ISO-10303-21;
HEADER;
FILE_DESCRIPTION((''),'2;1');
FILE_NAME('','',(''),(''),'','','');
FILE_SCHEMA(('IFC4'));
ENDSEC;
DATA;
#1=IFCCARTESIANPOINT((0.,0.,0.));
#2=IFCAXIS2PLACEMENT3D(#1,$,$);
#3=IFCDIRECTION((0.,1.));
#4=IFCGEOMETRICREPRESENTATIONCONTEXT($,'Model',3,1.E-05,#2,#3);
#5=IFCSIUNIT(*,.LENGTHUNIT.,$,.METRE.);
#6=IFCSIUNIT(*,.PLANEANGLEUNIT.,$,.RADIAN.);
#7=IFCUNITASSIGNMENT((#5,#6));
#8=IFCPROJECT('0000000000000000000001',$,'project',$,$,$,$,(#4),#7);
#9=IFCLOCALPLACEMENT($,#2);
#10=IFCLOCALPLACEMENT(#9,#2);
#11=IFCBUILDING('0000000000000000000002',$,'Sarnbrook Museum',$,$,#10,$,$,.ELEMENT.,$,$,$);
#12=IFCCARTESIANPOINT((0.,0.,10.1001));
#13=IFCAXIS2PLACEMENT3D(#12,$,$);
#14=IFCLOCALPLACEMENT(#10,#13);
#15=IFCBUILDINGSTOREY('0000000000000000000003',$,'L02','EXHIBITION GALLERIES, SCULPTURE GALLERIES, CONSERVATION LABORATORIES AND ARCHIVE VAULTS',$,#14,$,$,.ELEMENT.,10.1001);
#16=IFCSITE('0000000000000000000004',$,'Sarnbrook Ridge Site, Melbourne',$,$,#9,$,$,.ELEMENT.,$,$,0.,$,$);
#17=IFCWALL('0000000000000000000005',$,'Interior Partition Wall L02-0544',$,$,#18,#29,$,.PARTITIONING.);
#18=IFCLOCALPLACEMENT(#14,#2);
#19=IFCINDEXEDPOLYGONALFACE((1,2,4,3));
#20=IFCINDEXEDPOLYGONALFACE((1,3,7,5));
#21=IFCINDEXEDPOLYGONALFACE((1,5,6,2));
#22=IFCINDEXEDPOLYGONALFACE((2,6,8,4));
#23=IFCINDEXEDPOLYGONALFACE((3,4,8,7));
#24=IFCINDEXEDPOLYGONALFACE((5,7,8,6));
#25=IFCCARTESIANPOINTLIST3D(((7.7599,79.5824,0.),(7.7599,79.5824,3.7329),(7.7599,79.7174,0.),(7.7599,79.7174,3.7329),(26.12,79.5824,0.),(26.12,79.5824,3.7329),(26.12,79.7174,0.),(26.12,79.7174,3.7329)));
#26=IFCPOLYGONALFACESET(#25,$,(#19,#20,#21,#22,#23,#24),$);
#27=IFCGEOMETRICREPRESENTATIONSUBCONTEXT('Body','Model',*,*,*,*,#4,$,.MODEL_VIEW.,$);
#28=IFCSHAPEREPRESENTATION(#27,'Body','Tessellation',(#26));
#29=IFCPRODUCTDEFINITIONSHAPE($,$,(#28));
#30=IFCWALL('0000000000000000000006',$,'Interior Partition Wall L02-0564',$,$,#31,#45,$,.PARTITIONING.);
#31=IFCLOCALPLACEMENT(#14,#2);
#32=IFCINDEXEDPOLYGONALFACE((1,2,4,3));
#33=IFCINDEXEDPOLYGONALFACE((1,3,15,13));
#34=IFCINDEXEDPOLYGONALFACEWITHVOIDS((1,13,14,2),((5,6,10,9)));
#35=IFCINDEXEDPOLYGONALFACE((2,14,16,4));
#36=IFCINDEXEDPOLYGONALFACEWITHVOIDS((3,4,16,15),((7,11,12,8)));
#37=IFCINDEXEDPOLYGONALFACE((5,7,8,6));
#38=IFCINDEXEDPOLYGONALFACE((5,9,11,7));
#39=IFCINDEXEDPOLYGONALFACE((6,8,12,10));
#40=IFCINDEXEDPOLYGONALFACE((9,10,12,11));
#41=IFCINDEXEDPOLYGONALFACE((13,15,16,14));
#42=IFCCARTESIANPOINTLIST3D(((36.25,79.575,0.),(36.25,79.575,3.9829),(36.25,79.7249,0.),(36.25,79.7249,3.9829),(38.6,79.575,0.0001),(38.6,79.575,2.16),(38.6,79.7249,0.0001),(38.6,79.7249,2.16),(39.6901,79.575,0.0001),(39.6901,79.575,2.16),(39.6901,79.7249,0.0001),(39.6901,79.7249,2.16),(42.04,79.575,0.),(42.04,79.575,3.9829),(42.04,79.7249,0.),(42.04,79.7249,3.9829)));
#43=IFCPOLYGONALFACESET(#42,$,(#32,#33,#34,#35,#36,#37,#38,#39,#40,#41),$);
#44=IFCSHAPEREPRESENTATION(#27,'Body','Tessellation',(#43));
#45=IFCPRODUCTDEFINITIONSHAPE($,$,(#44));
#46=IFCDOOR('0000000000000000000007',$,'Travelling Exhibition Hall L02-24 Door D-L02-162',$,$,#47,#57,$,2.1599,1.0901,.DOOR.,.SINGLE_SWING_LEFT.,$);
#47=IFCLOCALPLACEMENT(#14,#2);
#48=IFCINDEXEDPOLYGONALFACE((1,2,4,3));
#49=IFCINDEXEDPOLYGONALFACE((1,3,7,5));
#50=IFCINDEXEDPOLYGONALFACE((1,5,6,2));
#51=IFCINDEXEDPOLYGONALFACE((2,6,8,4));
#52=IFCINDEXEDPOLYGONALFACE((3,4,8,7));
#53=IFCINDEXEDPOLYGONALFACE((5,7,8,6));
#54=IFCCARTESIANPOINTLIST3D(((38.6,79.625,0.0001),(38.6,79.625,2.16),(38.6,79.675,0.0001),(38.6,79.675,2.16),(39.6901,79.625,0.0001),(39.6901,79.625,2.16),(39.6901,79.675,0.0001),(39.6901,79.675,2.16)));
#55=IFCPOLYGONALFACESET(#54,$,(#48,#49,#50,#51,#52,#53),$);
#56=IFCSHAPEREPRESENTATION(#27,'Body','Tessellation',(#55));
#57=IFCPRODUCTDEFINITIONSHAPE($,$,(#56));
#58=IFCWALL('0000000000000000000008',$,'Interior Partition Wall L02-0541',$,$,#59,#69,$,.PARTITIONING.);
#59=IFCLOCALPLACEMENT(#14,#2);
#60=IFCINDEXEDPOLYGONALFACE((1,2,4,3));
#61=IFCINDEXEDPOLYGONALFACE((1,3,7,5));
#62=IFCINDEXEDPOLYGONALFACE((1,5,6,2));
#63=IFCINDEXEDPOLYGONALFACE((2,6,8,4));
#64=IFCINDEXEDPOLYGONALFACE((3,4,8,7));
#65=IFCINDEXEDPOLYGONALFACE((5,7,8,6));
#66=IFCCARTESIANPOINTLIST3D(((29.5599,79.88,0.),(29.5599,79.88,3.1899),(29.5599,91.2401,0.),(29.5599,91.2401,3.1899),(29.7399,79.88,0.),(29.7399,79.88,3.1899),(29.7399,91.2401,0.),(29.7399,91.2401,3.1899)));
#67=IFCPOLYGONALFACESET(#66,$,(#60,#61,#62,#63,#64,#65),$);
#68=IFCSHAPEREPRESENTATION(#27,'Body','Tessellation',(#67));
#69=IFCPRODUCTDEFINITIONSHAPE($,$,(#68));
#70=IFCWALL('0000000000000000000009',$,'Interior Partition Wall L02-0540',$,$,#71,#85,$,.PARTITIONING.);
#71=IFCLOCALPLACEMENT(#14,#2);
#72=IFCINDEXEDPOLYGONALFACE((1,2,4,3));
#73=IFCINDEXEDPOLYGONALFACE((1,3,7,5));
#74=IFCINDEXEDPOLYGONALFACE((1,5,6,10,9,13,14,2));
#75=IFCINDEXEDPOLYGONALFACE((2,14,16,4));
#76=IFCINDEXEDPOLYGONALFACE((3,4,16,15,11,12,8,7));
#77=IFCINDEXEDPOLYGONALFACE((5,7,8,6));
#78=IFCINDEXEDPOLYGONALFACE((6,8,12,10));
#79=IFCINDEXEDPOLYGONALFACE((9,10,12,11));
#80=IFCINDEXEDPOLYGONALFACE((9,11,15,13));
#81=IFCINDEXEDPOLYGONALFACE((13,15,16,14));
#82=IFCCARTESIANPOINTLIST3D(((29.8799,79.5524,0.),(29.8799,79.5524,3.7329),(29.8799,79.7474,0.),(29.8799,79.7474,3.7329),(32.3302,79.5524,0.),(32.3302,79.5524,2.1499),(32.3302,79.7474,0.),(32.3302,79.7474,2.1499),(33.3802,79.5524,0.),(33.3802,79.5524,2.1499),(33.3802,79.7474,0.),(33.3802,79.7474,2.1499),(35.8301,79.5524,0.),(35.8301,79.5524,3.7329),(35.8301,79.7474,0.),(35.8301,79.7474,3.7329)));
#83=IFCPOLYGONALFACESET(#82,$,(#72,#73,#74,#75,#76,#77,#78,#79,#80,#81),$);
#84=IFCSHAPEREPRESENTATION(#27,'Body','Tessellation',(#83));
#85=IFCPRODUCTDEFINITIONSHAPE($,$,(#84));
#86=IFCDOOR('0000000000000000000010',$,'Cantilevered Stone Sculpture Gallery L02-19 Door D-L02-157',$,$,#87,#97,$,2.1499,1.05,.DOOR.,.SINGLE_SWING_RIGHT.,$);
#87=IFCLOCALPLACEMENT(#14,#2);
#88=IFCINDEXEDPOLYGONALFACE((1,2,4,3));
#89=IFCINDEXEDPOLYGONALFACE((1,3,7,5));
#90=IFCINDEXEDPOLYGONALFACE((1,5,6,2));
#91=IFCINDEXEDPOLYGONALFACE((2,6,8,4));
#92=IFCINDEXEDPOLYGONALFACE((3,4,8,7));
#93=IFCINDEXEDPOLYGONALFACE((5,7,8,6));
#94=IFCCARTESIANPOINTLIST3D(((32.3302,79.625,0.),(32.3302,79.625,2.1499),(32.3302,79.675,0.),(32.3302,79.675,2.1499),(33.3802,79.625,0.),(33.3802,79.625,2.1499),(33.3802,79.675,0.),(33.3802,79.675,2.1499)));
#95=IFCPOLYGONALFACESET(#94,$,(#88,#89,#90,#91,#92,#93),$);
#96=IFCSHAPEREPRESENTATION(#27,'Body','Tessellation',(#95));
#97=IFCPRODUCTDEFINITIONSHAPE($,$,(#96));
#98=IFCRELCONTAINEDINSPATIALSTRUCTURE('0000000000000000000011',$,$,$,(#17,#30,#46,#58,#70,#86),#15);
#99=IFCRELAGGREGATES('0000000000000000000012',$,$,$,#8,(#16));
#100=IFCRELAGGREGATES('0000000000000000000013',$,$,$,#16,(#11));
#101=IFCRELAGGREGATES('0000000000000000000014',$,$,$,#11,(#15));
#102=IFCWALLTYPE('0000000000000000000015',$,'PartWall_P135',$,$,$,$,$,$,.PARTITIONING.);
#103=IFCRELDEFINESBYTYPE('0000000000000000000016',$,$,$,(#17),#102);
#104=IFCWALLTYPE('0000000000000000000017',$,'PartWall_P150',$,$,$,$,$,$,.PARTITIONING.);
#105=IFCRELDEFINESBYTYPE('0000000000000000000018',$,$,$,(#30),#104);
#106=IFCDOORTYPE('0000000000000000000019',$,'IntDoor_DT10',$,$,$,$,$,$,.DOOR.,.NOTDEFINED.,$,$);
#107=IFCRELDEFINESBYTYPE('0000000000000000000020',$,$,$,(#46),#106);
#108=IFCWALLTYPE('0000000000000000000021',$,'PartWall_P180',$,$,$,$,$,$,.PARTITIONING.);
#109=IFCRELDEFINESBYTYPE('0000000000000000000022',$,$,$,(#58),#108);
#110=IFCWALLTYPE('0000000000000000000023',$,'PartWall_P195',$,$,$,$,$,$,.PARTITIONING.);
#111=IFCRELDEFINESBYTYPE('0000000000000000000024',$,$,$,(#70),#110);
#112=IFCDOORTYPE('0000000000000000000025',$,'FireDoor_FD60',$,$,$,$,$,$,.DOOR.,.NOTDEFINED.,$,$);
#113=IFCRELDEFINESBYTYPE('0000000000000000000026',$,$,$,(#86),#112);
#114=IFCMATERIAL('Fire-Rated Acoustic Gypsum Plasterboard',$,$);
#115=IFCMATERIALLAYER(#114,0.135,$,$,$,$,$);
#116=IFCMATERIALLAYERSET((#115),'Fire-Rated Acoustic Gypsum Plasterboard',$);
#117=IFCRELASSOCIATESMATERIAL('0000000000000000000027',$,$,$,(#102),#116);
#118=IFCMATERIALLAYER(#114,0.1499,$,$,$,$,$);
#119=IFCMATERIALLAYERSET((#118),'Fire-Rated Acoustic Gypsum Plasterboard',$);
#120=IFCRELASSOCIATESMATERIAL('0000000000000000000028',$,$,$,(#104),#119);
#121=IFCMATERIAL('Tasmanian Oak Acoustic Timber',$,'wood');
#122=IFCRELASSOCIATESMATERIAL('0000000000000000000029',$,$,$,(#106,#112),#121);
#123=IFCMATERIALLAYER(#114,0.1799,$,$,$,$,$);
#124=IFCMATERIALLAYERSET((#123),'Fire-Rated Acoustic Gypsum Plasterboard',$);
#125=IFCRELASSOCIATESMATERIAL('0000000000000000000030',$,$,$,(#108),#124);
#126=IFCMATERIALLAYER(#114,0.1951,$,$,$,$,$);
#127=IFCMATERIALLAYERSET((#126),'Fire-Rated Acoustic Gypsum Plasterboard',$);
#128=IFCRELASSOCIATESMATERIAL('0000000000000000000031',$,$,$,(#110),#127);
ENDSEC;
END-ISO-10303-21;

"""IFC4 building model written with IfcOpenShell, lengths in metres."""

from ifc_helpers import new_model, si_unit, direction, frame, frame_2d, origin, place, context, subcontext, project, spatial, rectangle, extrude, material, layer, layer_set, type_object, element, fill, save


model = new_model("IFC4")

# Units and contexts
model_context = context("Model", 3, precision=1e-05, world=origin(), true_north=direction((0.0, 1.0)))
body_context = subcontext(model_context, "Body", "Model", "MODEL_VIEW")
ifc_project = project(units=[si_unit("LENGTHUNIT", "METRE"), si_unit("PLANEANGLEUNIT", "RADIAN")], contexts=[model_context])

# Site, building, storey
site_placement = place(None, origin())
site = spatial("IfcSite", under=ifc_project, at=site_placement, Name="Sarnbrook Ridge Site, Melbourne", CompositionType="ELEMENT", RefElevation=0.0)
building_placement = place(site_placement, origin())
building = spatial("IfcBuilding", under=site, at=building_placement, Name="Sarnbrook Museum", CompositionType="ELEMENT")
storey_placement = place(building_placement, frame((0.0, 0.0, 10.1001)))
storey = spatial("IfcBuildingStorey", under=building, at=storey_placement, Name="L02", Description="EXHIBITION GALLERIES, SCULPTURE GALLERIES, CONSERVATION LABORATORIES AND ARCHIVE VAULTS", CompositionType="ELEMENT", Elevation=10.1001)

# Wall
ifc_material_1 = material(Name="Fire-Rated Acoustic Gypsum Plasterboard")
ifc_layer_1 = layer(ifc_material_1, 0.135)
ifc_layer_set_1 = layer_set([ifc_layer_1], Name="Fire-Rated Acoustic Gypsum Plasterboard")
wall_type_1 = type_object("IfcWallType", Name="PartWall_P135", PredefinedType="PARTITIONING", material=ifc_layer_set_1)
wall_1_placement = place(storey_placement, frame((26.1201, 79.6499, 0.0), z_axis=(0.0, 0.0, 1.0), x_axis=(-1.0, 0.0, 0.0)))
element("IfcWall", 1, at=wall_1_placement, inside=storey, type_object=wall_type_1, Name="Interior Partition Wall L02-0544", PredefinedType="PARTITIONING", context=body_context, shape_type="SweptSolid", body=[
    extrude(rectangle(XDim=18.3601, YDim=0.135, at=frame_2d((9.1802, 0.0))), origin(), (0.0, 0.0, 1.0), 3.7329),
])

# Wall, opening, door
ifc_layer_2 = layer(ifc_material_1, 0.1499)
ifc_layer_set_2 = layer_set([ifc_layer_2], Name="Fire-Rated Acoustic Gypsum Plasterboard")
wall_type_2 = type_object("IfcWallType", Name="PartWall_P150", PredefinedType="PARTITIONING", material=ifc_layer_set_2)
wall_2_placement = place(storey_placement, frame((42.04, 79.6499, 0.0), z_axis=(0.0, 0.0, 1.0), x_axis=(-1.0, 0.0, 0.0)))
wall_2 = element("IfcWall", 2, at=wall_2_placement, inside=storey, type_object=wall_type_2, Name="Interior Partition Wall L02-0564", PredefinedType="PARTITIONING", context=body_context, shape_type="SweptSolid", body=[
    extrude(rectangle(XDim=5.79, YDim=0.1499, at=frame_2d((2.895, 0.0))), origin(), (0.0, 0.0, 1.0), 3.9829),
])
opening_1_placement = place(wall_2_placement, frame((2.3501, 0.0, 0.0)))
opening_1 = element("IfcOpeningElement", 3, at=opening_1_placement, cuts=wall_2, PredefinedType="OPENING", context=body_context, shape_type="SweptSolid", body=[
    extrude(rectangle(XDim=1.0901, YDim=2.1599, at=frame_2d((0.5449, 1.0801))), frame((0.0, 0.085, 0.0), z_axis=(0.0, -1.0, 0.0), x_axis=(1.0, 0.0, 0.0)), (0.0, 0.0, 1.0), 0.1699),
])
ifc_material_2 = material(Name="Tasmanian Oak Acoustic Timber", Category="wood")
door_type_1 = type_object("IfcDoorType", Name="IntDoor_DT10", OperationType="NOTDEFINED", PredefinedType="DOOR", material=ifc_material_2)
door_1_placement = place(opening_1_placement, origin())
door_1 = element("IfcDoor", 4, at=door_1_placement, inside=storey, type_object=door_type_1, Name="Travelling Exhibition Hall L02-24 Door D-L02-162", OperationType="SINGLE_SWING_LEFT", OverallHeight=2.1599, OverallWidth=1.0901, PredefinedType="DOOR", context=body_context, shape_type="SweptSolid", body=[
    extrude(rectangle(XDim=1.0901, YDim=2.1599, at=frame_2d((0.5449, 1.0801))), frame((0.0, 0.0249, 0.0), z_axis=(0.0, -1.0, 0.0), x_axis=(1.0, 0.0, 0.0)), (0.0, 0.0, 1.0), 0.05),
])
fill(opening_1, door_1)

# Wall
ifc_layer_3 = layer(ifc_material_1, 0.1799)
ifc_layer_set_3 = layer_set([ifc_layer_3], Name="Fire-Rated Acoustic Gypsum Plasterboard")
wall_type_3 = type_object("IfcWallType", Name="PartWall_P180", PredefinedType="PARTITIONING", material=ifc_layer_set_3)
wall_3_placement = place(storey_placement, frame((29.6499, 79.8799, 0.0), z_axis=(0.0, 0.0, 1.0), x_axis=(0.0, 1.0, 0.0)))
element("IfcWall", 5, at=wall_3_placement, inside=storey, type_object=wall_type_3, Name="Interior Partition Wall L02-0541", PredefinedType="PARTITIONING", context=body_context, shape_type="SweptSolid", body=[
    extrude(rectangle(XDim=11.3601, YDim=0.1799, at=frame_2d((5.6802, 0.0))), origin(), (0.0, 0.0, 1.0), 3.1899),
])

# Wall, opening, door
ifc_layer_4 = layer(ifc_material_1, 0.1951)
ifc_layer_set_4 = layer_set([ifc_layer_4], Name="Fire-Rated Acoustic Gypsum Plasterboard")
wall_type_4 = type_object("IfcWallType", Name="PartWall_P195", PredefinedType="PARTITIONING", material=ifc_layer_set_4)
wall_4_placement = place(storey_placement, frame((35.8301, 79.6499, 0.0), z_axis=(0.0, 0.0, 1.0), x_axis=(-1.0, 0.0, 0.0)))
wall_4 = element("IfcWall", 6, at=wall_4_placement, inside=storey, type_object=wall_type_4, Name="Interior Partition Wall L02-0540", PredefinedType="PARTITIONING", context=body_context, shape_type="SweptSolid", body=[
    extrude(rectangle(XDim=5.9502, YDim=0.1951, at=frame_2d((2.9751, 0.0))), origin(), (0.0, 0.0, 1.0), 3.7329),
])
opening_2_placement = place(wall_4_placement, frame((2.45, 0.0, 0.0)))
opening_2 = element("IfcOpeningElement", 7, at=opening_2_placement, cuts=wall_4, PredefinedType="OPENING", context=body_context, shape_type="SweptSolid", body=[
    extrude(rectangle(XDim=1.05, YDim=2.1499, at=frame_2d((0.5249, 1.075))), frame((0.0, 0.1074, 0.0), z_axis=(0.0, -1.0, 0.0), x_axis=(1.0, 0.0, 0.0)), (0.0, 0.0, 1.0), 0.2151),
])
door_type_2 = type_object("IfcDoorType", Name="FireDoor_FD60", OperationType="NOTDEFINED", PredefinedType="DOOR", material=ifc_material_2)
door_2_placement = place(opening_2_placement, origin())
door_2 = element("IfcDoor", 8, at=door_2_placement, inside=storey, type_object=door_type_2, Name="Cantilevered Stone Sculpture Gallery L02-19 Door D-L02-157", OperationType="SINGLE_SWING_RIGHT", OverallHeight=2.1499, OverallWidth=1.05, PredefinedType="DOOR", context=body_context, shape_type="SweptSolid", body=[
    extrude(rectangle(XDim=1.05, YDim=2.1499, at=frame_2d((0.5249, 1.075))), frame((0.0, 0.0249, 0.0), z_axis=(0.0, -1.0, 0.0), x_axis=(1.0, 0.0, 0.0)), (0.0, 0.0, 1.0), 0.05),
])
fill(opening_2, door_2)

save(model, "model.ifc")
